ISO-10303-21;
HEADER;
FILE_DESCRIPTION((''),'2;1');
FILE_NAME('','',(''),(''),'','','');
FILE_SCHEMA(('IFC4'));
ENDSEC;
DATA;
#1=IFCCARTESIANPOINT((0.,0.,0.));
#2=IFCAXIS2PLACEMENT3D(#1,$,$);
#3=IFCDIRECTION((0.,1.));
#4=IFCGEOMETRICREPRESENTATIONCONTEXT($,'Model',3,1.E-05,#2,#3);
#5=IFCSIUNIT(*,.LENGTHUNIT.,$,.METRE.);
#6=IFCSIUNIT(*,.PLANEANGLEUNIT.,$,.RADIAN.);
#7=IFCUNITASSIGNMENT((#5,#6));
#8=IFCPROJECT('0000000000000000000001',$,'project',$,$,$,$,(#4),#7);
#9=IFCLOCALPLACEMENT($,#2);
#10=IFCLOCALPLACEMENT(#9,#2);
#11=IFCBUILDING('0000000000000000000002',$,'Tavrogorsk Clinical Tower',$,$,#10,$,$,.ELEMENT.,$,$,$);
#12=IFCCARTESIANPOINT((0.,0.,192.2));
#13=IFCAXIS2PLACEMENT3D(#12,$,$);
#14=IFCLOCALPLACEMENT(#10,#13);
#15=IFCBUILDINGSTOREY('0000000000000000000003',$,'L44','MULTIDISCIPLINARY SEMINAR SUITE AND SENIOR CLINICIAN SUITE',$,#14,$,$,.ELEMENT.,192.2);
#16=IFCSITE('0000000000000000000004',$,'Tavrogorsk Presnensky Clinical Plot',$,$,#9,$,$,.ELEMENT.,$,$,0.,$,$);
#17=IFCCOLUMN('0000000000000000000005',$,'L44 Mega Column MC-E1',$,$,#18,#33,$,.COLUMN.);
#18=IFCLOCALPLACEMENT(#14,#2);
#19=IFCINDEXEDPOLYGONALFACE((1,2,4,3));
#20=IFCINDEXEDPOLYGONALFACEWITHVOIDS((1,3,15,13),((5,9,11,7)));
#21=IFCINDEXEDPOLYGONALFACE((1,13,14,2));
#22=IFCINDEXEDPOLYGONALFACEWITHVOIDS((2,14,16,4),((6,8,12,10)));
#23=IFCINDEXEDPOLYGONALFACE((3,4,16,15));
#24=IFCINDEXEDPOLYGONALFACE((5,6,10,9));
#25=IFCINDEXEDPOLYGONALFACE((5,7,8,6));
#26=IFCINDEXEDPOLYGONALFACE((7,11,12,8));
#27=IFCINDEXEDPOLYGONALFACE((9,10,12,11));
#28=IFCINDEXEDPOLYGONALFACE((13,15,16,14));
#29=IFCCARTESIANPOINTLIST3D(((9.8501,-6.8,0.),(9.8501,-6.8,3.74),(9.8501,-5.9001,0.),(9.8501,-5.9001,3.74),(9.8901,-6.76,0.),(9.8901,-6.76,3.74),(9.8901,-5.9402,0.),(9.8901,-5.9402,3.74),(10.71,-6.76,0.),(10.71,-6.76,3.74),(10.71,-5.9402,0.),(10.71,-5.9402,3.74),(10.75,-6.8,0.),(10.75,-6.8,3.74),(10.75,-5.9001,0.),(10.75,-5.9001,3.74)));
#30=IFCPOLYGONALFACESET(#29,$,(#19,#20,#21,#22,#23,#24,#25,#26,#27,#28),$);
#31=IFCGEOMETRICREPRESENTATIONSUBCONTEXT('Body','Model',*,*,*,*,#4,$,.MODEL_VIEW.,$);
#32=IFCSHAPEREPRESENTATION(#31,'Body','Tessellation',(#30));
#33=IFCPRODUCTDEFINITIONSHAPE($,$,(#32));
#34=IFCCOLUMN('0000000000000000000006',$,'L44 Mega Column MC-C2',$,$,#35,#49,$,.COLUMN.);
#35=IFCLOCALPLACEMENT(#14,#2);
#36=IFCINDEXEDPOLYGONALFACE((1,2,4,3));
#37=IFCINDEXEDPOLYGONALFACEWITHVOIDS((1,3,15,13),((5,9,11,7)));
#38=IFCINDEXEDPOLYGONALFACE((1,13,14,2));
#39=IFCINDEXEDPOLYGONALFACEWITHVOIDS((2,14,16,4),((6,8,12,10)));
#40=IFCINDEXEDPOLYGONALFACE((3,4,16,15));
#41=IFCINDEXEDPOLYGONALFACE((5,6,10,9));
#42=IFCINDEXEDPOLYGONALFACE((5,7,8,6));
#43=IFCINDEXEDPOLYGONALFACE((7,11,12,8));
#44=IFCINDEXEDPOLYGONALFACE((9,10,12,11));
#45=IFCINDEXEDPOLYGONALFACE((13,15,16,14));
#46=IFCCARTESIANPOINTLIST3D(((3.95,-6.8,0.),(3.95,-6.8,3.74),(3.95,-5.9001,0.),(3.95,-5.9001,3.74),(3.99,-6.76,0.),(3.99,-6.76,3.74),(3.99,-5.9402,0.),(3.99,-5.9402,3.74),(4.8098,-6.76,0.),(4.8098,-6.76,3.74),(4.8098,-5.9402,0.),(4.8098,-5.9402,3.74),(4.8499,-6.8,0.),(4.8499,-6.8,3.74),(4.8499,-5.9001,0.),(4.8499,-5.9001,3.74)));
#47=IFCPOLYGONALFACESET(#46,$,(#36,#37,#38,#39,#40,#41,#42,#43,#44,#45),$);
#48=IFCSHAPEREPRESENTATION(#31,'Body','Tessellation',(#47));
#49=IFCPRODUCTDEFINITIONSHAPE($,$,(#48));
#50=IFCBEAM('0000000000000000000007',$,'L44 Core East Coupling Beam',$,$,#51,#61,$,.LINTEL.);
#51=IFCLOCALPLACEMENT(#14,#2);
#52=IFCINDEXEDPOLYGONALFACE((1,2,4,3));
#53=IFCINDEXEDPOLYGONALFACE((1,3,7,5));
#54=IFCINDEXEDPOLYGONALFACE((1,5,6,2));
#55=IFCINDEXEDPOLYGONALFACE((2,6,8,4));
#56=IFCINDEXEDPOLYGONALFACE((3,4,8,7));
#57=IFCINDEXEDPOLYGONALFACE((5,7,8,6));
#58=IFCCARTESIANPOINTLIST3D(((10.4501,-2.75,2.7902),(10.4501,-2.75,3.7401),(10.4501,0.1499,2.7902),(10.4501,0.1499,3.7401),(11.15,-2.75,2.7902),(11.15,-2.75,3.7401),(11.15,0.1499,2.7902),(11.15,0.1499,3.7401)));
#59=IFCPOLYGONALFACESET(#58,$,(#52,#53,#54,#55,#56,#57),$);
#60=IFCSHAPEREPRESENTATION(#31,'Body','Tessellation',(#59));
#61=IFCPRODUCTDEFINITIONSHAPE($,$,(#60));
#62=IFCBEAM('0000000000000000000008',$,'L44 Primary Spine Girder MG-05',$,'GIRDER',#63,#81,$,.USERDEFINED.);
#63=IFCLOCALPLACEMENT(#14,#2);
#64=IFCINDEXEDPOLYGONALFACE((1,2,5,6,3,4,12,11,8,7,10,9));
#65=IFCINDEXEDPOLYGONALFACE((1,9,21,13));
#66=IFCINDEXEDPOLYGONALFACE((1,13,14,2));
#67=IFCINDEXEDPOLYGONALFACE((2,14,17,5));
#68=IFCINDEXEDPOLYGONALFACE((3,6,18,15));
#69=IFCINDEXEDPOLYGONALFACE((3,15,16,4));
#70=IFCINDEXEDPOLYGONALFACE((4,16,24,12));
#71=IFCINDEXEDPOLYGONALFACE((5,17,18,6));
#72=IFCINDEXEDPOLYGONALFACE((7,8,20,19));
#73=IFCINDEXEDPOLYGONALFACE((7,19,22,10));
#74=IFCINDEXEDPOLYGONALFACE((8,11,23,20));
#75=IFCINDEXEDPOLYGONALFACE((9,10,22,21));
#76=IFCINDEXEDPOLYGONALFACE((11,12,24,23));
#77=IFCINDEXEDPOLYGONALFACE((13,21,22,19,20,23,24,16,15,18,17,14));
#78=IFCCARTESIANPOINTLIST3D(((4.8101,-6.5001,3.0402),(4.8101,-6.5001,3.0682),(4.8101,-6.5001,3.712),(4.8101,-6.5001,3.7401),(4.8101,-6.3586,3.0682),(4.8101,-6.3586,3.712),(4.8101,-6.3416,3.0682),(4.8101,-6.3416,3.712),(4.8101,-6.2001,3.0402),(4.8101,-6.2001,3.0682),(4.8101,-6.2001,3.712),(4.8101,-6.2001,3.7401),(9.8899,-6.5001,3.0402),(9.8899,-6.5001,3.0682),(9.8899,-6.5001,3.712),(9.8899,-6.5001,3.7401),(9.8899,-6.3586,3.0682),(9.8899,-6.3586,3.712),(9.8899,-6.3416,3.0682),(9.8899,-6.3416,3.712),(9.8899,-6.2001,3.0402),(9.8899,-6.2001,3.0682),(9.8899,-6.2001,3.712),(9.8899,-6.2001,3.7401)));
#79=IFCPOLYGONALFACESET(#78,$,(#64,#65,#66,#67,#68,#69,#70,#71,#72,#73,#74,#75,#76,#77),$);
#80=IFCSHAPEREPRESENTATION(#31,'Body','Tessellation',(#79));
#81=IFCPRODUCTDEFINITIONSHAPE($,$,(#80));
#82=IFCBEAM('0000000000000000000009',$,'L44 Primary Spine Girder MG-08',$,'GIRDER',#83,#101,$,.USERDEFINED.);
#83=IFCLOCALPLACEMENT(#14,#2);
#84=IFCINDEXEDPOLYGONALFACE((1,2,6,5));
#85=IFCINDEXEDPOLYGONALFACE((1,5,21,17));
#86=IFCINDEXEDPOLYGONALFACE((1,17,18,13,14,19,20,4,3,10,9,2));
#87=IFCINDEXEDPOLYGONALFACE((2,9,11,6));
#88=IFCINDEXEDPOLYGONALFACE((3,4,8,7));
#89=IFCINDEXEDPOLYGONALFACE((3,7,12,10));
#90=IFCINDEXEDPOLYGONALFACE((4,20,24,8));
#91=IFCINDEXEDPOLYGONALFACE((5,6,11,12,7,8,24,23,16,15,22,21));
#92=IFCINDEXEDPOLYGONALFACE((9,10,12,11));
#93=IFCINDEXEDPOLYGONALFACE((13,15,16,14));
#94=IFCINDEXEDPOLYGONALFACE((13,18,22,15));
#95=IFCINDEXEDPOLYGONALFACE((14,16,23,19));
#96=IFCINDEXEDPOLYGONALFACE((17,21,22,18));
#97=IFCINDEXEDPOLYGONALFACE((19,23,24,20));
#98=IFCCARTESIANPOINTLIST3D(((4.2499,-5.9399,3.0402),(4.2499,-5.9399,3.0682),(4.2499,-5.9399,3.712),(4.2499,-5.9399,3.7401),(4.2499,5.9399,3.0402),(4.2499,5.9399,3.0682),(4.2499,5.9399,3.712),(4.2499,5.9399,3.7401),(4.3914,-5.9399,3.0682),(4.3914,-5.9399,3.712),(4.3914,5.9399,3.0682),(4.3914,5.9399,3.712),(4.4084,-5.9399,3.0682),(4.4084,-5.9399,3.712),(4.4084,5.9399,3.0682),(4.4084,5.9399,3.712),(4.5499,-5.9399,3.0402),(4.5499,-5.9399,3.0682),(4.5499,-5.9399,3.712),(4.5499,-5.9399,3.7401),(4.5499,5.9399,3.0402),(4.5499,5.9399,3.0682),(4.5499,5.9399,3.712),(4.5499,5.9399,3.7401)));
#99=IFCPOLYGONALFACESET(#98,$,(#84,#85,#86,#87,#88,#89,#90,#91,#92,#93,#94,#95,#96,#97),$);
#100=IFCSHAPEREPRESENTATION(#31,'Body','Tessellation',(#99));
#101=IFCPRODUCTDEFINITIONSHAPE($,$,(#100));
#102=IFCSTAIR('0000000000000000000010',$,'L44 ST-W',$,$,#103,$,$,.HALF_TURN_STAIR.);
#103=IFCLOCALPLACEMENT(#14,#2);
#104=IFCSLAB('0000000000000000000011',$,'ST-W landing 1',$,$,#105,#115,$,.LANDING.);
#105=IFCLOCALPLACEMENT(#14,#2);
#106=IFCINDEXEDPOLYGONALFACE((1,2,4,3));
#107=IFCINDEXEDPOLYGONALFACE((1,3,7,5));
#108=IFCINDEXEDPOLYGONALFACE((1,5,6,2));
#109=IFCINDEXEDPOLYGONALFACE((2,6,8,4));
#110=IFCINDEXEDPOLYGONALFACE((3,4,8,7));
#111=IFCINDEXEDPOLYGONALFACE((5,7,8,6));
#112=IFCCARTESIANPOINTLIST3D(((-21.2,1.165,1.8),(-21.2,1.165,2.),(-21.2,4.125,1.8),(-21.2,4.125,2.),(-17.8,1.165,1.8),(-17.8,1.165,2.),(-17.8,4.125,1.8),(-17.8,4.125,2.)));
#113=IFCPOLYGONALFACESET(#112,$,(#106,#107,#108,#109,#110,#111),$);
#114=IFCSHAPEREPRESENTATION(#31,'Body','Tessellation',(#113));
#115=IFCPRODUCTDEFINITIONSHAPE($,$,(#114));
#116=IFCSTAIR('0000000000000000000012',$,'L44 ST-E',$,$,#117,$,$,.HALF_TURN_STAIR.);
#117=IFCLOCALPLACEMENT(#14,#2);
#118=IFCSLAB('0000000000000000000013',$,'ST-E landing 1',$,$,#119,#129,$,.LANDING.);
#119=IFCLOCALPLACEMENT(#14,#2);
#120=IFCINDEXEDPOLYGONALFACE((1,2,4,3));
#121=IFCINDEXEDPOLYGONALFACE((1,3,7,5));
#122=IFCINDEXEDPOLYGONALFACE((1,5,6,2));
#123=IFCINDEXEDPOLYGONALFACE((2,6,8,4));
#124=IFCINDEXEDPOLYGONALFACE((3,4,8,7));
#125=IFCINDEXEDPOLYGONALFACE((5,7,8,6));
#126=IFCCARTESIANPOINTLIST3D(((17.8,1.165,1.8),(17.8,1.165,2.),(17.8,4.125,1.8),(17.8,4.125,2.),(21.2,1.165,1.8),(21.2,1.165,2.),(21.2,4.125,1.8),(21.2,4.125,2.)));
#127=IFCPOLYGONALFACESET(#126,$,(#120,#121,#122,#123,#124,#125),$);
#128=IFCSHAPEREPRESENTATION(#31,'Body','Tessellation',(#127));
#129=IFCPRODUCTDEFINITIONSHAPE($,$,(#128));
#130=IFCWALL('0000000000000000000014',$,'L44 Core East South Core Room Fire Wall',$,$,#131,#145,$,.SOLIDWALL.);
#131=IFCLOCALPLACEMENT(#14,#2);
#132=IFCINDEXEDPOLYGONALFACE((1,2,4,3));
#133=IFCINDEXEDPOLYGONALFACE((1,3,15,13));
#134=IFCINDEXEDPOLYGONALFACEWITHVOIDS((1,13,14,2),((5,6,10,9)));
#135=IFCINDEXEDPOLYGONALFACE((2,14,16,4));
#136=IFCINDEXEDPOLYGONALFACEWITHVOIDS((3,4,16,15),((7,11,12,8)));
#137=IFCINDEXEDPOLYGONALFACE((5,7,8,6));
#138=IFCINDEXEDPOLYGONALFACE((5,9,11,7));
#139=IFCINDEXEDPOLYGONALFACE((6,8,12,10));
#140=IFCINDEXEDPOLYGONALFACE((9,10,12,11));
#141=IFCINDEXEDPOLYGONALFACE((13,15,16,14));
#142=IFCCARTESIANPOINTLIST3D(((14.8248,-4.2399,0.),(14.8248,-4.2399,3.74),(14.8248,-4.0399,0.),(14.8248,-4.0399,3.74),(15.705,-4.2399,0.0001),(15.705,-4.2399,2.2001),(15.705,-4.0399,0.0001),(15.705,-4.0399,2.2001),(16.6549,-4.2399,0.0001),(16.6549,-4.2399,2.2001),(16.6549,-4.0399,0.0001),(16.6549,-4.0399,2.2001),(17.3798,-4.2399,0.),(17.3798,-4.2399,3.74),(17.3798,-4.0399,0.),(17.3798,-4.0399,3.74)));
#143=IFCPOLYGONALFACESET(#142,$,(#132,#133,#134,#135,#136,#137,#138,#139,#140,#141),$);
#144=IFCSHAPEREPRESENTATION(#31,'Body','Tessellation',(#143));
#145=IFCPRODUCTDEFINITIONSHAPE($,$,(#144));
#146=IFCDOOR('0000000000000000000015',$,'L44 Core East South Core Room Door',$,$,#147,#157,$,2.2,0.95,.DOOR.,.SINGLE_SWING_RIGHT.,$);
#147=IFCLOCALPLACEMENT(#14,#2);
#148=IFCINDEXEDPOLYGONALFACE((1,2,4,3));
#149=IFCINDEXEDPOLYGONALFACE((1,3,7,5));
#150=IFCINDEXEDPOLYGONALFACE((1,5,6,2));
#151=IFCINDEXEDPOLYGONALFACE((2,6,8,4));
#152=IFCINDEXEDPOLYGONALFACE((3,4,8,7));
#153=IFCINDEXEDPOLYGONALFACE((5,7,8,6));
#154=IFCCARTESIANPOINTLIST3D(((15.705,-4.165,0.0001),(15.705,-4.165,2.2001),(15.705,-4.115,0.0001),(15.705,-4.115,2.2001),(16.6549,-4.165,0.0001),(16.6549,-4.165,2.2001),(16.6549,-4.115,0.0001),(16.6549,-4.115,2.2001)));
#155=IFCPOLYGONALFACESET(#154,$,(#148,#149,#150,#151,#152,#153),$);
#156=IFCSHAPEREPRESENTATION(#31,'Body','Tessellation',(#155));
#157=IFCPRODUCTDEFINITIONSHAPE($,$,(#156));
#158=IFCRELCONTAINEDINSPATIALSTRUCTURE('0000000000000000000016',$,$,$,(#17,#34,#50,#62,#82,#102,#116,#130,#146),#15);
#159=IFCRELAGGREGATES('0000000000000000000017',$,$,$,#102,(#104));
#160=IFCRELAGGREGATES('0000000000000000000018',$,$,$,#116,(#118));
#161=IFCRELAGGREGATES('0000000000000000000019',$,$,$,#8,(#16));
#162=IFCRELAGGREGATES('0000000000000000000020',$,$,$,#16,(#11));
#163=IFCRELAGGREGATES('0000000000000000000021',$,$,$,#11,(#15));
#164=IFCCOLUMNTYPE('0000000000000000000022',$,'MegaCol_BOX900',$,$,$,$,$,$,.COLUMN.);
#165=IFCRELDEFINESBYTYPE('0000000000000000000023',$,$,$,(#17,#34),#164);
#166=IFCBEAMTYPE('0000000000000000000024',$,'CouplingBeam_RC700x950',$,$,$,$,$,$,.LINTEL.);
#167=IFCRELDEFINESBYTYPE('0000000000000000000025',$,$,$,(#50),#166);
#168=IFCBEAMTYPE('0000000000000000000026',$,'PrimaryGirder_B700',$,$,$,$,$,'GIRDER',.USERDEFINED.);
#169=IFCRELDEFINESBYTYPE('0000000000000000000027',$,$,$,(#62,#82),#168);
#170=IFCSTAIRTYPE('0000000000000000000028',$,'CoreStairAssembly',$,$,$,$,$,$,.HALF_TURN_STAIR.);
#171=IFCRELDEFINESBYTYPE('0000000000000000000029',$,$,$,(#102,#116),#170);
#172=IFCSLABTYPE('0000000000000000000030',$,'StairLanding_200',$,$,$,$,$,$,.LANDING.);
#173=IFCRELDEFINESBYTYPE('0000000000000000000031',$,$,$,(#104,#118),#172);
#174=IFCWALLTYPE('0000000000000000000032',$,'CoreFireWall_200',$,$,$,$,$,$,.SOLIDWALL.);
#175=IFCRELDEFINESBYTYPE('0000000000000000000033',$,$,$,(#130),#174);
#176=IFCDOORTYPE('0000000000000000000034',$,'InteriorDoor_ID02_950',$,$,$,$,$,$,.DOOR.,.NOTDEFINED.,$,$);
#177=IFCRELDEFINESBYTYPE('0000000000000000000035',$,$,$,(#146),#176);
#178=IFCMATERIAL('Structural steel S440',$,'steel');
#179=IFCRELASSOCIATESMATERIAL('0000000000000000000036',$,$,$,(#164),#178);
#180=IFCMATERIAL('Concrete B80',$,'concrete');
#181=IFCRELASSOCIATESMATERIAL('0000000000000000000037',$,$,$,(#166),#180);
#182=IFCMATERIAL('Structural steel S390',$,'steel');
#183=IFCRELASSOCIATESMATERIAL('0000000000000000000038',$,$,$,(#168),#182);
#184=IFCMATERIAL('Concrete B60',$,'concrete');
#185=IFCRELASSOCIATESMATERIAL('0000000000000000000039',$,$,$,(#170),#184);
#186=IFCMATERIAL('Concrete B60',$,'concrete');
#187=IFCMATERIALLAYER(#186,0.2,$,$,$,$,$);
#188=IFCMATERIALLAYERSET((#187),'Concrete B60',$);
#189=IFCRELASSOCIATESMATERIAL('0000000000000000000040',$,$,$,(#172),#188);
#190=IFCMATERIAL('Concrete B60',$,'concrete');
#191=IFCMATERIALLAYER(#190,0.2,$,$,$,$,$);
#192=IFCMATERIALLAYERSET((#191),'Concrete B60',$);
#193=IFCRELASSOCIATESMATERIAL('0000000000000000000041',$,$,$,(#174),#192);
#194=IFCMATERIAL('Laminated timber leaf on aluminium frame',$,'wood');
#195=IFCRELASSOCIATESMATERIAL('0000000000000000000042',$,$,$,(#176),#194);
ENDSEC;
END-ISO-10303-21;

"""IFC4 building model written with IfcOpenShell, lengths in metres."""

from ifc_helpers import new_model, si_unit, direction, frame, frame_2d, origin, origin_2d, place, context, subcontext, project, spatial, polyline, rectangle, hollow_rectangle, i_section, outline, extrude, material, layer, layer_set, material_profile, profile_set, type_object, element, fill, aggregate, save


model = new_model("IFC4")

# Units and contexts
model_context = context("Model", 3, precision=1e-05, world=origin(), true_north=direction((0.0, 1.0)))
body_context = subcontext(model_context, "Body", "Model", "MODEL_VIEW")
ifc_project = project(units=[si_unit("LENGTHUNIT", "METRE"), si_unit("PLANEANGLEUNIT", "RADIAN")], contexts=[model_context])

# Site, building, storey
site_placement = place(None, origin())
site = spatial("IfcSite", under=ifc_project, at=site_placement, Name="Tavrogorsk Presnensky Clinical Plot", CompositionType="ELEMENT", RefElevation=0.0)
building_placement = place(site_placement, origin())
building = spatial("IfcBuilding", under=site, at=building_placement, Name="Tavrogorsk Clinical Tower", CompositionType="ELEMENT")
storey_placement = place(building_placement, frame((0.0, 0.0, 192.2)))
storey = spatial("IfcBuildingStorey", under=building, at=storey_placement, Name="L44", Description="MULTIDISCIPLINARY SEMINAR SUITE AND SENIOR CLINICIAN SUITE", CompositionType="ELEMENT", Elevation=192.2)

# Columns
ifc_material_1 = material(Name="Structural steel S440", Category="steel")
ifc_material_profile_1 = material_profile(ifc_material_1, hollow_rectangle(XDim=0.8999, YDim=0.8999, WallThickness=0.04, at=origin_2d()), Name="BOX-900x900x40")
ifc_profile_set_1 = profile_set([ifc_material_profile_1], Name="Structural steel S440")
column_type = type_object("IfcColumnType", Name="MegaCol_BOX900", PredefinedType="COLUMN", material=ifc_profile_set_1)
for number, where, z_axis, x_axis, name in (
    (1, (10.3, -6.3501, 0.0), (0.0, 0.0, 1.0), (1.0, 0.0, 0.0), "L44 Mega Column MC-E1"),
    (2, (4.3999, -6.3501, 0.0), (0.0, 0.0, 1.0), (1.0, 0.0, 0.0), "L44 Mega Column MC-C2"),
):
    element("IfcColumn", number, at=place(storey_placement, frame(where, z_axis=z_axis, x_axis=x_axis)), inside=storey, type_object=column_type, Name=name, PredefinedType="COLUMN", context=body_context, shape_type="SweptSolid", body=[
        extrude(hollow_rectangle(XDim=0.8999, YDim=0.8999, WallThickness=0.04, at=origin_2d()), origin(), (0.0, 0.0, 1.0), 3.74),
    ])

# Beams
ifc_material_2 = material(Name="Concrete B80", Category="concrete")
ifc_material_profile_2 = material_profile(ifc_material_2, rectangle(XDim=0.7, YDim=0.95, at=origin_2d()), Name="RC-CB-700x950")
ifc_profile_set_2 = profile_set([ifc_material_profile_2], Name="Concrete B80")
beam_type_1 = type_object("IfcBeamType", Name="CouplingBeam_RC700x950", PredefinedType="LINTEL", material=ifc_profile_set_2)
beam_1_placement = place(storey_placement, frame((10.8, -2.75, 3.2651), z_axis=(0.0, 1.0, 0.0), x_axis=(-1.0, 0.0, 0.0)))
element("IfcBeam", 3, at=beam_1_placement, inside=storey, type_object=beam_type_1, Name="L44 Core East Coupling Beam", PredefinedType="LINTEL", context=body_context, shape_type="SweptSolid", body=[
    extrude(rectangle(XDim=0.7, YDim=0.95, at=origin_2d()), origin(), (0.0, 0.0, 1.0), 2.8999),
])
ifc_material_3 = material(Name="Structural steel S390", Category="steel")
ifc_material_profile_3 = material_profile(ifc_material_3, i_section(OverallWidth=0.3, OverallDepth=0.7, WebThickness=0.0171, FlangeThickness=0.0281, at=origin_2d()), Name="B-700x300x17x28")
ifc_profile_set_3 = profile_set([ifc_material_profile_3], Name="Structural steel S390")
beam_type_2 = type_object("IfcBeamType", Name="PrimaryGirder_B700", ElementType="GIRDER", PredefinedType="USERDEFINED", material=ifc_profile_set_3)
beam_2_placement = place(storey_placement, frame((4.8101, -6.3501, 3.3901), z_axis=(1.0, 0.0, 0.0), x_axis=(0.0, 1.0, 0.0)))
element("IfcBeam", 4, at=beam_2_placement, inside=storey, type_object=beam_type_2, Name="L44 Primary Spine Girder MG-05", ObjectType="GIRDER", PredefinedType="USERDEFINED", context=body_context, shape_type="SweptSolid", body=[
    extrude(i_section(OverallWidth=0.3, OverallDepth=0.7, WebThickness=0.0171, FlangeThickness=0.0281, at=origin_2d()), origin(), (0.0, 0.0, 1.0), 5.0798),
])
beam_3_placement = place(storey_placement, frame((4.3999, -5.9399, 3.3901), z_axis=(0.0, 1.0, 0.0), x_axis=(-1.0, 0.0, 0.0)))
element("IfcBeam", 5, at=beam_3_placement, inside=storey, type_object=beam_type_2, Name="L44 Primary Spine Girder MG-08", ObjectType="GIRDER", PredefinedType="USERDEFINED", context=body_context, shape_type="SweptSolid", body=[
    extrude(i_section(OverallWidth=0.3, OverallDepth=0.7, WebThickness=0.0171, FlangeThickness=0.0281, at=origin_2d()), origin(), (0.0, 0.0, 1.0), 11.8799),
])

# Stairs, slabs
ifc_material_4 = material(Name="Concrete B60", Category="concrete")
stair_type = type_object("IfcStairType", Name="CoreStairAssembly", PredefinedType="HALF_TURN_STAIR", material=ifc_material_4)
stair_1_placement = place(storey_placement, origin())
stair_1 = element("IfcStair", 6, at=stair_1_placement, inside=storey, type_object=stair_type, Name="L44 ST-W", PredefinedType="HALF_TURN_STAIR")
ifc_material_5 = material(Name="Concrete B60", Category="concrete")
ifc_layer_1 = layer(ifc_material_5, 0.2)
ifc_layer_set_1 = layer_set([ifc_layer_1], Name="Concrete B60")
slab_type = type_object("IfcSlabType", Name="StairLanding_200", PredefinedType="LANDING", material=ifc_layer_set_1)
slab_1_placement = place(storey_placement, frame((0.0, 0.0, 1.8)))
slab_1 = element("IfcSlab", 7, at=slab_1_placement, type_object=slab_type, Name="ST-W landing 1", PredefinedType="LANDING", context=body_context, shape_type="SweptSolid", body=[
    extrude(outline(polyline([(-17.8, 1.165), (-17.8, 4.125), (-21.2, 4.125), (-21.2, 1.165), (-17.8, 1.165)])), origin(), (0.0, 0.0, 1.0), 0.2),
])
aggregate(stair_1, [slab_1])
stair_2_placement = place(storey_placement, origin())
stair_2 = element("IfcStair", 8, at=stair_2_placement, inside=storey, type_object=stair_type, Name="L44 ST-E", PredefinedType="HALF_TURN_STAIR")
slab_2_placement = place(storey_placement, frame((0.0, 0.0, 1.8)))
slab_2 = element("IfcSlab", 9, at=slab_2_placement, type_object=slab_type, Name="ST-E landing 1", PredefinedType="LANDING", context=body_context, shape_type="SweptSolid", body=[
    extrude(outline(polyline([(21.2, 1.165), (21.2, 4.125), (17.8, 4.125), (17.8, 1.165), (21.2, 1.165)])), origin(), (0.0, 0.0, 1.0), 0.2),
])
aggregate(stair_2, [slab_2])

# Wall, opening, door
ifc_material_6 = material(Name="Concrete B60", Category="concrete")
ifc_layer_2 = layer(ifc_material_6, 0.2)
ifc_layer_set_2 = layer_set([ifc_layer_2], Name="Concrete B60")
wall_type_1 = type_object("IfcWallType", Name="CoreFireWall_200", PredefinedType="SOLIDWALL", material=ifc_layer_set_2)
wall_1_placement = place(storey_placement, frame((14.825, -4.1399, 0.0), z_axis=(0.0, 0.0, 1.0), x_axis=(1.0, 0.0, 0.0)))
wall_1 = element("IfcWall", 10, at=wall_1_placement, inside=storey, type_object=wall_type_1, Name="L44 Core East South Core Room Fire Wall", PredefinedType="SOLIDWALL", context=body_context, shape_type="SweptSolid", body=[
    extrude(rectangle(XDim=2.5549, YDim=0.2, at=frame_2d((1.2773, 0.0))), origin(), (0.0, 0.0, 1.0), 3.74),
])
opening_1_placement = place(wall_1_placement, frame((0.8799, 0.0, 0.0)))
opening_1 = element("IfcOpeningElement", 11, at=opening_1_placement, cuts=wall_1, PredefinedType="OPENING", context=body_context, shape_type="SweptSolid", body=[
    extrude(rectangle(XDim=0.95, YDim=2.2, at=frame_2d((0.4751, 1.1001))), frame((0.0, 0.1099, 0.0), z_axis=(0.0, -1.0, 0.0), x_axis=(1.0, 0.0, 0.0)), (0.0, 0.0, 1.0), 0.22),
])
ifc_material_7 = material(Name="Laminated timber leaf on aluminium frame", Category="wood")
door_type_1 = type_object("IfcDoorType", Name="InteriorDoor_ID02_950", OperationType="NOTDEFINED", PredefinedType="DOOR", material=ifc_material_7)
door_1_placement = place(opening_1_placement, origin())
door_1 = element("IfcDoor", 12, at=door_1_placement, inside=storey, type_object=door_type_1, Name="L44 Core East South Core Room Door", OperationType="SINGLE_SWING_RIGHT", OverallHeight=2.2, OverallWidth=0.95, PredefinedType="DOOR", context=body_context, shape_type="SweptSolid", body=[
    extrude(rectangle(XDim=0.95, YDim=2.2, at=frame_2d((0.4751, 1.1001))), frame((0.0, 0.0249, 0.0), z_axis=(0.0, -1.0, 0.0), x_axis=(1.0, 0.0, 0.0)), (0.0, 0.0, 1.0), 0.05),
])
fill(opening_1, door_1)

save(model, "model.ifc")
